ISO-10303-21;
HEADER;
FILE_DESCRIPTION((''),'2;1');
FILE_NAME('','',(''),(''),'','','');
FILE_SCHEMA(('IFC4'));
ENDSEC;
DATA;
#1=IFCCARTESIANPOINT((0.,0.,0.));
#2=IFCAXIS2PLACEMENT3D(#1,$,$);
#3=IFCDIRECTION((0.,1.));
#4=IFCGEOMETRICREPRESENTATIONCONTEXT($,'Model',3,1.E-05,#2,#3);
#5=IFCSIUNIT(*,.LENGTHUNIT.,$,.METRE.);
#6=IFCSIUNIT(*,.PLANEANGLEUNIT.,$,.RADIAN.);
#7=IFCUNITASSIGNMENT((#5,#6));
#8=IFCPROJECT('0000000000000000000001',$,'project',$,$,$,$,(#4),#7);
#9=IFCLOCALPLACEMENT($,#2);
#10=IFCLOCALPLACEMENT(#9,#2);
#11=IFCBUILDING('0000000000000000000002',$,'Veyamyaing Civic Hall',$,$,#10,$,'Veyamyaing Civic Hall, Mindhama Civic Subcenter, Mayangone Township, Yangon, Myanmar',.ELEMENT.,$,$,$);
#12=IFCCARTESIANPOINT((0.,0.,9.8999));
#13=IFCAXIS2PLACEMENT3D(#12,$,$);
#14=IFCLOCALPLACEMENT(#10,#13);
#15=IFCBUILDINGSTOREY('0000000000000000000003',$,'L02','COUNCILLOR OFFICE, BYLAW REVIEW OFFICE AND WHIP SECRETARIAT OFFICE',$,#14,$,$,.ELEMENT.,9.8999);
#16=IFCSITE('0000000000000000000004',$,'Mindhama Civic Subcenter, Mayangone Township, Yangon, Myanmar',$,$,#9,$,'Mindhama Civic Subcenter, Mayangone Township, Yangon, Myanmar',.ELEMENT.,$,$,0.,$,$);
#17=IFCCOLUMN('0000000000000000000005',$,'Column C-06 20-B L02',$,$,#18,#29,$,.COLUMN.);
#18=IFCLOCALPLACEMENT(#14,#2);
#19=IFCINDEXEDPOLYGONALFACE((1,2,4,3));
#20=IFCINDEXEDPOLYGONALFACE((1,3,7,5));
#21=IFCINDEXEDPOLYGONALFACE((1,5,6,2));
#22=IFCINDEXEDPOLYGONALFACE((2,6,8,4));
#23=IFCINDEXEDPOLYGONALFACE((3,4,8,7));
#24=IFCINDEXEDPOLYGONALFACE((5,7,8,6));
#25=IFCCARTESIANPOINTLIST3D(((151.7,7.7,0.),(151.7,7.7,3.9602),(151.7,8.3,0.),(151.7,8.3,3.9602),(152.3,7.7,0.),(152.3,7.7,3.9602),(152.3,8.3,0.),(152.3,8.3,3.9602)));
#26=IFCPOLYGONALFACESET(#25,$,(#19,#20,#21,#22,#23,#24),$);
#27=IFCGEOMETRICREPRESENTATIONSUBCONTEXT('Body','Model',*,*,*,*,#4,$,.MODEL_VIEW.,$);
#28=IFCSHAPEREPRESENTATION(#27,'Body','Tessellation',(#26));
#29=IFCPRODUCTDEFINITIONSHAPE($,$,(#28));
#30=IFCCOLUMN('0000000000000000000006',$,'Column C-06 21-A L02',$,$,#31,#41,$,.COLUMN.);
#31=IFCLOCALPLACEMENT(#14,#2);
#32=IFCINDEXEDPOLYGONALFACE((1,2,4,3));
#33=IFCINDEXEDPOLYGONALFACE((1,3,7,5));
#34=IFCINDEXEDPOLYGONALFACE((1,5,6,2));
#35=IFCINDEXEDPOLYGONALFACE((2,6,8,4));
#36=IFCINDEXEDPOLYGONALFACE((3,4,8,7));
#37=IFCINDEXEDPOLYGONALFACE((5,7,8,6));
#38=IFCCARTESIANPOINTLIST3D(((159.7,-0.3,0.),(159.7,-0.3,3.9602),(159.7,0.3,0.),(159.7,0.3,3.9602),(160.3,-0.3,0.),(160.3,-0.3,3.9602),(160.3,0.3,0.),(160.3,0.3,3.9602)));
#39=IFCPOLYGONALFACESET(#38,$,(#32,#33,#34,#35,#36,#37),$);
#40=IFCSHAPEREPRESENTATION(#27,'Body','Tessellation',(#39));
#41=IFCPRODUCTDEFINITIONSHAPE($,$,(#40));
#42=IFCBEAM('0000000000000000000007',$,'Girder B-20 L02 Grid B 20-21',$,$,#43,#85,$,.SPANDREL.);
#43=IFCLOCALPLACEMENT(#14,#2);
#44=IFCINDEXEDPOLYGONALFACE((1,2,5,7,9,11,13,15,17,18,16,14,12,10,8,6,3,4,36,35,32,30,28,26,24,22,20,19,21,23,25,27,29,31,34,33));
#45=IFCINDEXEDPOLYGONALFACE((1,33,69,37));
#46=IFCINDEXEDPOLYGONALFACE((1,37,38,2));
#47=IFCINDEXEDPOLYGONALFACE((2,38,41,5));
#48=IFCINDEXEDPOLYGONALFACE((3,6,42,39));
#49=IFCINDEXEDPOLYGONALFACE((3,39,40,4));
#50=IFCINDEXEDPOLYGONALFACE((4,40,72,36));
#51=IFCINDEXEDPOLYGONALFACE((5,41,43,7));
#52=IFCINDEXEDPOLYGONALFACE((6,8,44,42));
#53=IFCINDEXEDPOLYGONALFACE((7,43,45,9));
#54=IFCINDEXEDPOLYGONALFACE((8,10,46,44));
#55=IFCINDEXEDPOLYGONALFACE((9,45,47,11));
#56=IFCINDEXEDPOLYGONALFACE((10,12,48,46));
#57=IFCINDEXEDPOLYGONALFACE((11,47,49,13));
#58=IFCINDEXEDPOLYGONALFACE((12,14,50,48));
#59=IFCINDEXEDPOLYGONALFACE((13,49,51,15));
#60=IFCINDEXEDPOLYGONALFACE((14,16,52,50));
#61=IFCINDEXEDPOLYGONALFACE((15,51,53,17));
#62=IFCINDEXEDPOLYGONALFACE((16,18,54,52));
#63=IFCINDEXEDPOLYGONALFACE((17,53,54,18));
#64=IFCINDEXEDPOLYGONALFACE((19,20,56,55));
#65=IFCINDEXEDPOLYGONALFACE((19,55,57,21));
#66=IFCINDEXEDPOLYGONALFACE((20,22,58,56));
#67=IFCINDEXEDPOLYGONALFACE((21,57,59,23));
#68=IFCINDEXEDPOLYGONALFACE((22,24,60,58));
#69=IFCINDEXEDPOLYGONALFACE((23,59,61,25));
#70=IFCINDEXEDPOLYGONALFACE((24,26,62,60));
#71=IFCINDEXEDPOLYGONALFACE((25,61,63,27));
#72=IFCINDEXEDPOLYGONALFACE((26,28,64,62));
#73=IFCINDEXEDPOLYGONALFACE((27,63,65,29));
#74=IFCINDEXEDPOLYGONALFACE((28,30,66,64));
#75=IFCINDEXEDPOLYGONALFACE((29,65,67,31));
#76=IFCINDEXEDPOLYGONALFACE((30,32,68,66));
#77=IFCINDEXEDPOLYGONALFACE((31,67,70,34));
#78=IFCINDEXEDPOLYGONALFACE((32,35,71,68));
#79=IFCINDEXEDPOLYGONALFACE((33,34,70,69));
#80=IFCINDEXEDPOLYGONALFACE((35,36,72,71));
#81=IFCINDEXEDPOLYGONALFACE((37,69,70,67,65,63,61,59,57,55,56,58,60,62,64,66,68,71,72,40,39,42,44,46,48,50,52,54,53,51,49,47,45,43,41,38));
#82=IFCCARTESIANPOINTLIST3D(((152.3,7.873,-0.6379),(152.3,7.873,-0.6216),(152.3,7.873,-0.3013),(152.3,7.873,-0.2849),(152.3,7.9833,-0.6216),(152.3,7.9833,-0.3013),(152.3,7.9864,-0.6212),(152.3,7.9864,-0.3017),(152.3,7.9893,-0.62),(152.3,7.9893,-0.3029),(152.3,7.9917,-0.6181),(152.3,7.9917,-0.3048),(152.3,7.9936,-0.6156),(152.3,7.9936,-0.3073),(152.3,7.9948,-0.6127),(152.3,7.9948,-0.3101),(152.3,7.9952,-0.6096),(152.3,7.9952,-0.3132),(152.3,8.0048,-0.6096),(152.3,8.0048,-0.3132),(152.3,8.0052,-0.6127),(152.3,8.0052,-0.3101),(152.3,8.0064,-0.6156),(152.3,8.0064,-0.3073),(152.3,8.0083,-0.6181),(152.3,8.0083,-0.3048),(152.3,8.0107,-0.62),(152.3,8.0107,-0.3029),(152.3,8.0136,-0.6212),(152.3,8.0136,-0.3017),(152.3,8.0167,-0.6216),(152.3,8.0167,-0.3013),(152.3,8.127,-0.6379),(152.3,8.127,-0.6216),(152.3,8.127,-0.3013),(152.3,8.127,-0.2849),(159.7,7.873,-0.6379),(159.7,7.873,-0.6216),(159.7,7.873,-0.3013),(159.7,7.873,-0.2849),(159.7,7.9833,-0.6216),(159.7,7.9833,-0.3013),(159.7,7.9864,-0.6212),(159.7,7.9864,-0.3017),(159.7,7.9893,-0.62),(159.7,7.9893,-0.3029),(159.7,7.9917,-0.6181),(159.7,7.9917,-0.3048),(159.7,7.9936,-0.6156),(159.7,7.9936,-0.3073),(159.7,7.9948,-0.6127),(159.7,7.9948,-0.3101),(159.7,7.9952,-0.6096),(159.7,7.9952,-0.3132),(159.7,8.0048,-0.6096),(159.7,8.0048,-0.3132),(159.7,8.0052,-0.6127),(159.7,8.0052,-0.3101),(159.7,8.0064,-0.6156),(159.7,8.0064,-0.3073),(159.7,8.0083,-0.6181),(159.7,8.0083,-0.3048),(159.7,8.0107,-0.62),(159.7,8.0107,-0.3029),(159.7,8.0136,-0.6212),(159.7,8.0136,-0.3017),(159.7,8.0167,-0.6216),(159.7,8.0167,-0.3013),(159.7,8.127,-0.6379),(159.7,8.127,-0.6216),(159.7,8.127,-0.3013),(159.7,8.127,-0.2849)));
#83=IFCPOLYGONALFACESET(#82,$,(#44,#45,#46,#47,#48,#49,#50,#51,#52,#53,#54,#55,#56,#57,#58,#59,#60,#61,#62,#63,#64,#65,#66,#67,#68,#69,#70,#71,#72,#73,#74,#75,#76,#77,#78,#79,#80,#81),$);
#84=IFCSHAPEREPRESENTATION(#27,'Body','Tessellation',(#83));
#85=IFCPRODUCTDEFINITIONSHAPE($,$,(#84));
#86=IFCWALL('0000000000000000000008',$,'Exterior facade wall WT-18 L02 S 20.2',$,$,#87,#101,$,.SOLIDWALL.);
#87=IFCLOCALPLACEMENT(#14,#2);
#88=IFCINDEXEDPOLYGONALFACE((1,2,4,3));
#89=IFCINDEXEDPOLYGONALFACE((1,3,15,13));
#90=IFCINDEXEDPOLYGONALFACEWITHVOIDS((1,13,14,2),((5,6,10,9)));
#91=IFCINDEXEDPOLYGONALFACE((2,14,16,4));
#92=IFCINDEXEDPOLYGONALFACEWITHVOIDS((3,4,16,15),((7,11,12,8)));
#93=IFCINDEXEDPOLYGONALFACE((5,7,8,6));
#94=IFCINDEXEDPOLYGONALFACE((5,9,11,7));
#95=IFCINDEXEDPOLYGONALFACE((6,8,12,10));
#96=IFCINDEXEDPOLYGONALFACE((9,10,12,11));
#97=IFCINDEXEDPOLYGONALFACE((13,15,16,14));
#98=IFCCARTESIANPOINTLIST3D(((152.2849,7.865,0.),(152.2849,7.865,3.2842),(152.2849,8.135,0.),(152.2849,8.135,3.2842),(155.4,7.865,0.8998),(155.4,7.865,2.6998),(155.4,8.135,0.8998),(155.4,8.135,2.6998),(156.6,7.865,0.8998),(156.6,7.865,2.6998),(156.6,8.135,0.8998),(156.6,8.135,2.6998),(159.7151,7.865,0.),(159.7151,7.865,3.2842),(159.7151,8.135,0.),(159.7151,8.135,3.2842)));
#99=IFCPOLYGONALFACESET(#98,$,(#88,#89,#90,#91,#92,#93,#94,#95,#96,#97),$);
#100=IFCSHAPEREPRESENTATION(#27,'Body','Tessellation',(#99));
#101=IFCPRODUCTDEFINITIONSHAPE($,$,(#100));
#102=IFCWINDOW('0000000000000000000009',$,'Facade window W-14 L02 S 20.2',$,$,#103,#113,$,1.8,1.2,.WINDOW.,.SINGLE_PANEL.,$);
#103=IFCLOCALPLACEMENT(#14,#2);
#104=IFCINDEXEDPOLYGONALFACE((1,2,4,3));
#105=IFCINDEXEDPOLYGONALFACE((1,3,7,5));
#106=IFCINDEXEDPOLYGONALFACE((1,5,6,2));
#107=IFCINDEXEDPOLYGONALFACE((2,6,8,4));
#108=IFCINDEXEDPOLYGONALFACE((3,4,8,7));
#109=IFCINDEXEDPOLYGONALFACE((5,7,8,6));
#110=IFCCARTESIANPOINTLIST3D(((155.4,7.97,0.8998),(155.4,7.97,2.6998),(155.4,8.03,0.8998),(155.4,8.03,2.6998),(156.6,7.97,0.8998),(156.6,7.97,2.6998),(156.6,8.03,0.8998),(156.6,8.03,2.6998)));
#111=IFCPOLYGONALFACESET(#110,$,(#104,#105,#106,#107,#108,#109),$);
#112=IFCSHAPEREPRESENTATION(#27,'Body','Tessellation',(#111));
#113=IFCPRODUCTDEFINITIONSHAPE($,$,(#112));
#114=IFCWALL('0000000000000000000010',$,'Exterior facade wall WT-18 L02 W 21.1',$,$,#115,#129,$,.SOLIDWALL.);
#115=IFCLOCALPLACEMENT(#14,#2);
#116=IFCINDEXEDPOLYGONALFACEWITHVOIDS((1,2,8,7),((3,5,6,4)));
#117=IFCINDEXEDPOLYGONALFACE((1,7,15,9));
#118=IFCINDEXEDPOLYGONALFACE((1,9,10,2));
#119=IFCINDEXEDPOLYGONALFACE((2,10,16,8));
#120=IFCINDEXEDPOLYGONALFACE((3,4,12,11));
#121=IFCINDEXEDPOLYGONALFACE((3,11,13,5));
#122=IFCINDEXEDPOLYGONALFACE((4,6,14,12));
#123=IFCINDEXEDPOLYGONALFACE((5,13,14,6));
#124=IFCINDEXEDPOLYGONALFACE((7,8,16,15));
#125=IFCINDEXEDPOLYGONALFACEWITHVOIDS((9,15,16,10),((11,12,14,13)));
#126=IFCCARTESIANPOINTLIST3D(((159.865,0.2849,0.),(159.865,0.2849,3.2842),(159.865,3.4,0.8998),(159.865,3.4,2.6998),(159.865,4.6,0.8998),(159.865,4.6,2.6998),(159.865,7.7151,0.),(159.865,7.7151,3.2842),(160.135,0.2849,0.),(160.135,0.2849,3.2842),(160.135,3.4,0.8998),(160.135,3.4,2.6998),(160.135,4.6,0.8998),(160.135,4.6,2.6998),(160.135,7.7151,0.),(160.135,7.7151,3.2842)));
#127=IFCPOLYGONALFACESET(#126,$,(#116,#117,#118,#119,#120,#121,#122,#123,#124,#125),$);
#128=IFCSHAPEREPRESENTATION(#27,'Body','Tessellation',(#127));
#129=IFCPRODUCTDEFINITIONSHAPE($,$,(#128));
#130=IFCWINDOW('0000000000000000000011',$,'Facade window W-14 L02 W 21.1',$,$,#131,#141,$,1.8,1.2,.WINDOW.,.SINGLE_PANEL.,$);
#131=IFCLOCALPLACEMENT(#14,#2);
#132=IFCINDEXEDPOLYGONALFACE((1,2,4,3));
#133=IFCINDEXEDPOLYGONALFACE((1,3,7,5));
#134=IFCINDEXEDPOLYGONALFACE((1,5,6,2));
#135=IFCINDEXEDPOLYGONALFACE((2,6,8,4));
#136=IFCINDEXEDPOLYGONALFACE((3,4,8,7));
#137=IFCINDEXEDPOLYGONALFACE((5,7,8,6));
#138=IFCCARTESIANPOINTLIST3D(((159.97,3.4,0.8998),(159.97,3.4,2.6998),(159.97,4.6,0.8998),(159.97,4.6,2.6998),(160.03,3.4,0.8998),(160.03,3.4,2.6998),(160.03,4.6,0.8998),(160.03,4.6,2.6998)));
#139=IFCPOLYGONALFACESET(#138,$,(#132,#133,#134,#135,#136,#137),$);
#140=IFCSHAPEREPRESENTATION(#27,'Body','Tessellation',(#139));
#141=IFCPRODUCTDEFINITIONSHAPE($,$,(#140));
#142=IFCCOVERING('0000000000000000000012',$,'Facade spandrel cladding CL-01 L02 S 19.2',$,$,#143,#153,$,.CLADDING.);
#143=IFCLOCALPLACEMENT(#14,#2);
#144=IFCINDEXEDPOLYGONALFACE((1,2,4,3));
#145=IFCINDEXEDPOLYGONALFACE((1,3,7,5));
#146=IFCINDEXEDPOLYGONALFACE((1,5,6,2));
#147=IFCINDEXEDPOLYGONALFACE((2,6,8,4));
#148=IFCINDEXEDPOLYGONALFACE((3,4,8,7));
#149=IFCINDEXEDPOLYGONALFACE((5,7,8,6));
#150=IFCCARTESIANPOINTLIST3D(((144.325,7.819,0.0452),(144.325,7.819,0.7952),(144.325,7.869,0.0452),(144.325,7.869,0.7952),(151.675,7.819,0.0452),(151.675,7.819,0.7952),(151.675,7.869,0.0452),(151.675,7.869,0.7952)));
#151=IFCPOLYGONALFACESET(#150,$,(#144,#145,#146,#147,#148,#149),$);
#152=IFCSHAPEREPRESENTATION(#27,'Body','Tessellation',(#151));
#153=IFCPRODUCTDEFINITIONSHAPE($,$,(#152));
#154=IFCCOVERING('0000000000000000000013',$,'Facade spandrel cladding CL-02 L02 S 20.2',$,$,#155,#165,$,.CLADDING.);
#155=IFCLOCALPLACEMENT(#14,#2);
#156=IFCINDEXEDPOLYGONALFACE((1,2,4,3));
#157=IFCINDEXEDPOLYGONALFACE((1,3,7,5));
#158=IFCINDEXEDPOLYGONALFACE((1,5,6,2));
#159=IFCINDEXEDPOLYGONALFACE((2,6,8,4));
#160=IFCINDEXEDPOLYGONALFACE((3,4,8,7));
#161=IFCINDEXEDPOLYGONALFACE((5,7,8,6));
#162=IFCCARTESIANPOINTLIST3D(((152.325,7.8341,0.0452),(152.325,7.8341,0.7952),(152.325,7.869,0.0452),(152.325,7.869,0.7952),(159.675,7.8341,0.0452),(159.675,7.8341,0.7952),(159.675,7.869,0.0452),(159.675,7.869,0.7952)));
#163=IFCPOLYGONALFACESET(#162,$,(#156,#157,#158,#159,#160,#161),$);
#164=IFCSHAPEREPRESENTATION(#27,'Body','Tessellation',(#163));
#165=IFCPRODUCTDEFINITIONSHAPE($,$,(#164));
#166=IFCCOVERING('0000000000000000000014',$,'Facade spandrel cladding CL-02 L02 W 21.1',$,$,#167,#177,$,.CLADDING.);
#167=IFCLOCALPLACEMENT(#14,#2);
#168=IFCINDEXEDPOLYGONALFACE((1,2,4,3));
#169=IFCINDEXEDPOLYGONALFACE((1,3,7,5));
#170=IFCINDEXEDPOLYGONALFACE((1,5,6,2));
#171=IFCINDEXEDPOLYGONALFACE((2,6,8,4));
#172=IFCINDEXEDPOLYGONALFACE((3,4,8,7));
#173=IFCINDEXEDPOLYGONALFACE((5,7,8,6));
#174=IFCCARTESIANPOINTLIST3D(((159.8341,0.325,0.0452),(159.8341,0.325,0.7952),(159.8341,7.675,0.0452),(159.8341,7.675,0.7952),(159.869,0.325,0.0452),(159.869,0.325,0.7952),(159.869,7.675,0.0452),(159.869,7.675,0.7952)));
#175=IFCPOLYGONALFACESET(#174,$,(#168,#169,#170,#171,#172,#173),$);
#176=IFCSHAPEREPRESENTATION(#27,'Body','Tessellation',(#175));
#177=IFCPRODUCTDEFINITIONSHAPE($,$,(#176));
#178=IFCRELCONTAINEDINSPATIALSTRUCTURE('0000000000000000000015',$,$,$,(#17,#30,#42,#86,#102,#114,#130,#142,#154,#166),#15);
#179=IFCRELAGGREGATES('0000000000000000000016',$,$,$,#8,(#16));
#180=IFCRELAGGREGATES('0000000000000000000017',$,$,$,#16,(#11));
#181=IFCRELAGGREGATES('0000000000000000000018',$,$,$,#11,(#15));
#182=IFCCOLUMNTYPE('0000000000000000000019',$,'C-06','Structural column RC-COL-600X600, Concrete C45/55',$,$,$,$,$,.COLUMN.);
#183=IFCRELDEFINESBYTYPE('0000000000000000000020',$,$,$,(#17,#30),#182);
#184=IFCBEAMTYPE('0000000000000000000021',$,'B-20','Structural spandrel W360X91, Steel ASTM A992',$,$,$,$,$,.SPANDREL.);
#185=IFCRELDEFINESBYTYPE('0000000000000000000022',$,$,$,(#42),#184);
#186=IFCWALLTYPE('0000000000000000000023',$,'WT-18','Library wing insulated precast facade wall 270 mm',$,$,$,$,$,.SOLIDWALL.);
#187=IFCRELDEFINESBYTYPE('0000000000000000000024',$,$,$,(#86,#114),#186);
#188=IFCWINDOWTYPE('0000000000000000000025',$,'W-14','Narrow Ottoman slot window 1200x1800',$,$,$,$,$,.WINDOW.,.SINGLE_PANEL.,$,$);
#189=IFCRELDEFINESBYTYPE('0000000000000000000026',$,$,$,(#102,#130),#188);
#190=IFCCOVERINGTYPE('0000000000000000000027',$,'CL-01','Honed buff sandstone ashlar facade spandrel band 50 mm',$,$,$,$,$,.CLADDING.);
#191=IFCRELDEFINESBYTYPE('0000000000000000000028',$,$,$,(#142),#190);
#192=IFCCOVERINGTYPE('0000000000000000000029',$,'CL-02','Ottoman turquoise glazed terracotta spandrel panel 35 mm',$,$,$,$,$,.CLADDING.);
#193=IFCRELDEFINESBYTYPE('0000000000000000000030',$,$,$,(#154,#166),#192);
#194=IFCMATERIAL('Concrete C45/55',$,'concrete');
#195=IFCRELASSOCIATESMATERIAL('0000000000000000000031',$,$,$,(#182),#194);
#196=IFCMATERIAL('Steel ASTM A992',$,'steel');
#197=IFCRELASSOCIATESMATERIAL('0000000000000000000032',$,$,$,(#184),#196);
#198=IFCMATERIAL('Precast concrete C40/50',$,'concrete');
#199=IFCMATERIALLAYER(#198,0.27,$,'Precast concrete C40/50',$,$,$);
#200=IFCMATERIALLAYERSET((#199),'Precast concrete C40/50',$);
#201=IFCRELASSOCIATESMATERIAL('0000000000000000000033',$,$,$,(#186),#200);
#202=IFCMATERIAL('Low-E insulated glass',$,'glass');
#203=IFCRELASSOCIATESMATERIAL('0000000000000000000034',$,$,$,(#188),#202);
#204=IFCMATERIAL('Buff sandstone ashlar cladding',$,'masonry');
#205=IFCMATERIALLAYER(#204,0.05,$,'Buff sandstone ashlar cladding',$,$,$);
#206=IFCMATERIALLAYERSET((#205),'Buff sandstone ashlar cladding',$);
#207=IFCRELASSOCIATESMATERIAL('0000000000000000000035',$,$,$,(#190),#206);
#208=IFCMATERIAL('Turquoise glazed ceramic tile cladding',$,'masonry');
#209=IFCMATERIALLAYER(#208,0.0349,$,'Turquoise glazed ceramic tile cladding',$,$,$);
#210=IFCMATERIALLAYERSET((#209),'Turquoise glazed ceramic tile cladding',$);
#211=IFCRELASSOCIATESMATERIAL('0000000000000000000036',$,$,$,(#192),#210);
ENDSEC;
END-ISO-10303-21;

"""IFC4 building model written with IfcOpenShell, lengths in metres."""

from ifc_helpers import new_model, si_unit, direction, frame, frame_2d, origin, origin_2d, place, context, subcontext, project, spatial, rectangle, i_section, extrude, material, layer, layer_set, material_profile, profile_set, type_object, element, fill, save


model = new_model("IFC4")

# Units and contexts
model_context = context("Model", 3, precision=1e-05, world=origin(), true_north=direction((0.0, 1.0)))
body_context = subcontext(model_context, "Body", "Model", "MODEL_VIEW")
ifc_project = project(units=[si_unit("LENGTHUNIT", "METRE"), si_unit("PLANEANGLEUNIT", "RADIAN")], contexts=[model_context])

# Site, building, storey
site_placement = place(None, origin())
site = spatial("IfcSite", under=ifc_project, at=site_placement, Name="Mindhama Civic Subcenter, Mayangone Township, Yangon, Myanmar", LongName="Mindhama Civic Subcenter, Mayangone Township, Yangon, Myanmar", CompositionType="ELEMENT", RefElevation=0.0)
building_placement = place(site_placement, origin())
building = spatial("IfcBuilding", under=site, at=building_placement, Name="Veyamyaing Civic Hall", LongName="Veyamyaing Civic Hall, Mindhama Civic Subcenter, Mayangone Township, Yangon, Myanmar", CompositionType="ELEMENT")
storey_placement = place(building_placement, frame((0.0, 0.0, 9.8999)))
storey = spatial("IfcBuildingStorey", under=building, at=storey_placement, Name="L02", Description="COUNCILLOR OFFICE, BYLAW REVIEW OFFICE AND WHIP SECRETARIAT OFFICE", CompositionType="ELEMENT", Elevation=9.8999)

# Columns
ifc_material_1 = material(Name="Concrete C45/55", Category="concrete")
ifc_material_profile_1 = material_profile(ifc_material_1, rectangle(XDim=0.6001, YDim=0.6001, at=origin_2d()), Name="RC-COL-600X600")
ifc_profile_set_1 = profile_set([ifc_material_profile_1], Name="Concrete C45/55")
column_type = type_object("IfcColumnType", Name="C-06", Description="Structural column RC-COL-600X600, Concrete C45/55", PredefinedType="COLUMN", material=ifc_profile_set_1)
for number, where, z_axis, x_axis, name in (
    (1, (152.0, 8.0, 0.0), (0.0, 0.0, 1.0), (1.0, 0.0, 0.0), "Column C-06 20-B L02"),
    (2, (160.0, 0.0, 0.0), (0.0, 0.0, 1.0), (1.0, 0.0, 0.0), "Column C-06 21-A L02"),
):
    element("IfcColumn", number, at=place(storey_placement, frame(where, z_axis=z_axis, x_axis=x_axis)), inside=storey, type_object=column_type, Name=name, PredefinedType="COLUMN", context=body_context, shape_type="SweptSolid", body=[
        extrude(rectangle(XDim=0.6001, YDim=0.6001, at=origin_2d()), origin(), (0.0, 0.0, 1.0), 3.9602),
    ])

# Beam
ifc_material_2 = material(Name="Steel ASTM A992", Category="steel")
ifc_material_profile_2 = material_profile(ifc_material_2, i_section(OverallWidth=0.2539, OverallDepth=0.353, WebThickness=0.0095, FlangeThickness=0.0164, FilletRadius=0.012, at=origin_2d()), Name="W360X91")
ifc_profile_set_2 = profile_set([ifc_material_profile_2], Name="Steel ASTM A992")
beam_type = type_object("IfcBeamType", Name="B-20", Description="Structural spandrel W360X91, Steel ASTM A992", PredefinedType="SPANDREL", material=ifc_profile_set_2)
beam_placement = place(storey_placement, frame((152.3, 8.0, -0.4614), z_axis=(1.0, 0.0, 0.0), x_axis=(0.0, 1.0, 0.0)))
element("IfcBeam", 3, at=beam_placement, inside=storey, type_object=beam_type, Name="Girder B-20 L02 Grid B 20-21", PredefinedType="SPANDREL", context=body_context, shape_type="SweptSolid", body=[
    extrude(i_section(OverallWidth=0.2539, OverallDepth=0.353, WebThickness=0.0095, FlangeThickness=0.0164, FilletRadius=0.012, at=origin_2d()), origin(), (0.0, 0.0, 1.0), 7.3999),
])

# Walls, openings, windows
ifc_material_3 = material(Name="Precast concrete C40/50", Category="concrete")
ifc_layer_1 = layer(ifc_material_3, 0.27, Name="Precast concrete C40/50")
ifc_layer_set_1 = layer_set([ifc_layer_1], Name="Precast concrete C40/50")
wall_type = type_object("IfcWallType", Name="WT-18", Description="Library wing insulated precast facade wall 270 mm", PredefinedType="SOLIDWALL", material=ifc_layer_set_1)
wall_1_placement = place(storey_placement, frame((152.2849, 8.0, 0.0), z_axis=(0.0, 0.0, 1.0), x_axis=(1.0, 0.0, 0.0)))
wall_1 = element("IfcWall", 4, at=wall_1_placement, inside=storey, type_object=wall_type, Name="Exterior facade wall WT-18 L02 S 20.2", PredefinedType="SOLIDWALL", context=body_context, shape_type="SweptSolid", body=[
    extrude(rectangle(XDim=7.4302, YDim=0.27, at=frame_2d((3.7151, 0.0))), origin(), (0.0, 0.0, 1.0), 3.2842),
])
opening_1_placement = place(wall_1_placement, frame((3.115, 0.0, 0.8999)))
opening_1 = element("IfcOpeningElement", 5, at=opening_1_placement, cuts=wall_1, PredefinedType="OPENING", context=body_context, shape_type="SweptSolid", body=[
    extrude(rectangle(XDim=1.2, YDim=1.8, at=frame_2d((0.6001, 0.8999))), frame((0.0, 0.145, 0.0), z_axis=(0.0, -1.0, 0.0), x_axis=(1.0, 0.0, 0.0)), (0.0, 0.0, 1.0), 0.29),
])
ifc_material_4 = material(Name="Low-E insulated glass", Category="glass")
window_type = type_object("IfcWindowType", Name="W-14", Description="Narrow Ottoman slot window 1200x1800", PartitioningType="SINGLE_PANEL", PredefinedType="WINDOW", material=ifc_material_4)
window_1_placement = place(opening_1_placement, origin())
window_1 = element("IfcWindow", 6, at=window_1_placement, inside=storey, type_object=window_type, Name="Facade window W-14 L02 S 20.2", OverallHeight=1.8, OverallWidth=1.2, PartitioningType="SINGLE_PANEL", PredefinedType="WINDOW", context=body_context, shape_type="SweptSolid", body=[
    extrude(rectangle(XDim=1.2, YDim=1.8, at=frame_2d((0.6001, 0.8999))), frame((0.0, 0.03, 0.0), z_axis=(0.0, -1.0, 0.0), x_axis=(1.0, 0.0, 0.0)), (0.0, 0.0, 1.0), 0.0601),
])
fill(opening_1, window_1)
wall_2_placement = place(storey_placement, frame((160.0, 0.2849, 0.0), z_axis=(0.0, 0.0, 1.0), x_axis=(0.0, 1.0, 0.0)))
wall_2 = element("IfcWall", 7, at=wall_2_placement, inside=storey, type_object=wall_type, Name="Exterior facade wall WT-18 L02 W 21.1", PredefinedType="SOLIDWALL", context=body_context, shape_type="SweptSolid", body=[
    extrude(rectangle(XDim=7.4302, YDim=0.27, at=frame_2d((3.7151, 0.0))), origin(), (0.0, 0.0, 1.0), 3.2842),
])
opening_2_placement = place(wall_2_placement, frame((3.115, 0.0, 0.8999)))
opening_2 = element("IfcOpeningElement", 8, at=opening_2_placement, cuts=wall_2, PredefinedType="OPENING", context=body_context, shape_type="SweptSolid", body=[
    extrude(rectangle(XDim=1.2, YDim=1.8, at=frame_2d((0.6001, 0.8999))), frame((0.0, 0.145, 0.0), z_axis=(0.0, -1.0, 0.0), x_axis=(1.0, 0.0, 0.0)), (0.0, 0.0, 1.0), 0.29),
])
window_2_placement = place(opening_2_placement, origin())
window_2 = element("IfcWindow", 9, at=window_2_placement, inside=storey, type_object=window_type, Name="Facade window W-14 L02 W 21.1", OverallHeight=1.8, OverallWidth=1.2, PartitioningType="SINGLE_PANEL", PredefinedType="WINDOW", context=body_context, shape_type="SweptSolid", body=[
    extrude(rectangle(XDim=1.2, YDim=1.8, at=frame_2d((0.6001, 0.8999))), frame((0.0, 0.03, 0.0), z_axis=(0.0, -1.0, 0.0), x_axis=(1.0, 0.0, 0.0)), (0.0, 0.0, 1.0), 0.0601),
])
fill(opening_2, window_2)

# Coverings
ifc_material_5 = material(Name="Buff sandstone ashlar cladding", Category="masonry")
ifc_layer_2 = layer(ifc_material_5, 0.05, Name="Buff sandstone ashlar cladding")
ifc_layer_set_2 = layer_set([ifc_layer_2], Name="Buff sandstone ashlar cladding")
covering_type_1 = type_object("IfcCoveringType", Name="CL-01", Description="Honed buff sandstone ashlar facade spandrel band 50 mm", PredefinedType="CLADDING", material=ifc_layer_set_2)
covering_placement = place(storey_placement, frame((148.0, 7.844, 0.0452), z_axis=(0.0, 0.0, 1.0), x_axis=(1.0, 0.0, 0.0)))
element("IfcCovering", 10, at=covering_placement, inside=storey, type_object=covering_type_1, Name="Facade spandrel cladding CL-01 L02 S 19.2", PredefinedType="CLADDING", context=body_context, shape_type="SweptSolid", body=[
    extrude(rectangle(XDim=7.3501, YDim=0.05, at=origin_2d()), origin(), (0.0, 0.0, 1.0), 0.75),
])
ifc_material_6 = material(Name="Turquoise glazed ceramic tile cladding", Category="masonry")
ifc_layer_3 = layer(ifc_material_6, 0.0349, Name="Turquoise glazed ceramic tile cladding")
ifc_layer_set_3 = layer_set([ifc_layer_3], Name="Turquoise glazed ceramic tile cladding")
covering_type_2 = type_object("IfcCoveringType", Name="CL-02", Description="Ottoman turquoise glazed terracotta spandrel panel 35 mm", PredefinedType="CLADDING", material=ifc_layer_set_3)
for number, where, z_axis, x_axis, name in (
    (11, (156.0, 7.8516, 0.0452), (0.0, 0.0, 1.0), (1.0, 0.0, 0.0), "Facade spandrel cladding CL-02 L02 S 20.2"),
    (12, (159.8516, 4.0, 0.0452), (0.0, 0.0, 1.0), (0.0, 1.0, 0.0), "Facade spandrel cladding CL-02 L02 W 21.1"),
):
    element("IfcCovering", number, at=place(storey_placement, frame(where, z_axis=z_axis, x_axis=x_axis)), inside=storey, type_object=covering_type_2, Name=name, PredefinedType="CLADDING", context=body_context, shape_type="SweptSolid", body=[
        extrude(rectangle(XDim=7.3501, YDim=0.0349, at=origin_2d()), origin(), (0.0, 0.0, 1.0), 0.75),
    ])

save(model, "model.ifc")
